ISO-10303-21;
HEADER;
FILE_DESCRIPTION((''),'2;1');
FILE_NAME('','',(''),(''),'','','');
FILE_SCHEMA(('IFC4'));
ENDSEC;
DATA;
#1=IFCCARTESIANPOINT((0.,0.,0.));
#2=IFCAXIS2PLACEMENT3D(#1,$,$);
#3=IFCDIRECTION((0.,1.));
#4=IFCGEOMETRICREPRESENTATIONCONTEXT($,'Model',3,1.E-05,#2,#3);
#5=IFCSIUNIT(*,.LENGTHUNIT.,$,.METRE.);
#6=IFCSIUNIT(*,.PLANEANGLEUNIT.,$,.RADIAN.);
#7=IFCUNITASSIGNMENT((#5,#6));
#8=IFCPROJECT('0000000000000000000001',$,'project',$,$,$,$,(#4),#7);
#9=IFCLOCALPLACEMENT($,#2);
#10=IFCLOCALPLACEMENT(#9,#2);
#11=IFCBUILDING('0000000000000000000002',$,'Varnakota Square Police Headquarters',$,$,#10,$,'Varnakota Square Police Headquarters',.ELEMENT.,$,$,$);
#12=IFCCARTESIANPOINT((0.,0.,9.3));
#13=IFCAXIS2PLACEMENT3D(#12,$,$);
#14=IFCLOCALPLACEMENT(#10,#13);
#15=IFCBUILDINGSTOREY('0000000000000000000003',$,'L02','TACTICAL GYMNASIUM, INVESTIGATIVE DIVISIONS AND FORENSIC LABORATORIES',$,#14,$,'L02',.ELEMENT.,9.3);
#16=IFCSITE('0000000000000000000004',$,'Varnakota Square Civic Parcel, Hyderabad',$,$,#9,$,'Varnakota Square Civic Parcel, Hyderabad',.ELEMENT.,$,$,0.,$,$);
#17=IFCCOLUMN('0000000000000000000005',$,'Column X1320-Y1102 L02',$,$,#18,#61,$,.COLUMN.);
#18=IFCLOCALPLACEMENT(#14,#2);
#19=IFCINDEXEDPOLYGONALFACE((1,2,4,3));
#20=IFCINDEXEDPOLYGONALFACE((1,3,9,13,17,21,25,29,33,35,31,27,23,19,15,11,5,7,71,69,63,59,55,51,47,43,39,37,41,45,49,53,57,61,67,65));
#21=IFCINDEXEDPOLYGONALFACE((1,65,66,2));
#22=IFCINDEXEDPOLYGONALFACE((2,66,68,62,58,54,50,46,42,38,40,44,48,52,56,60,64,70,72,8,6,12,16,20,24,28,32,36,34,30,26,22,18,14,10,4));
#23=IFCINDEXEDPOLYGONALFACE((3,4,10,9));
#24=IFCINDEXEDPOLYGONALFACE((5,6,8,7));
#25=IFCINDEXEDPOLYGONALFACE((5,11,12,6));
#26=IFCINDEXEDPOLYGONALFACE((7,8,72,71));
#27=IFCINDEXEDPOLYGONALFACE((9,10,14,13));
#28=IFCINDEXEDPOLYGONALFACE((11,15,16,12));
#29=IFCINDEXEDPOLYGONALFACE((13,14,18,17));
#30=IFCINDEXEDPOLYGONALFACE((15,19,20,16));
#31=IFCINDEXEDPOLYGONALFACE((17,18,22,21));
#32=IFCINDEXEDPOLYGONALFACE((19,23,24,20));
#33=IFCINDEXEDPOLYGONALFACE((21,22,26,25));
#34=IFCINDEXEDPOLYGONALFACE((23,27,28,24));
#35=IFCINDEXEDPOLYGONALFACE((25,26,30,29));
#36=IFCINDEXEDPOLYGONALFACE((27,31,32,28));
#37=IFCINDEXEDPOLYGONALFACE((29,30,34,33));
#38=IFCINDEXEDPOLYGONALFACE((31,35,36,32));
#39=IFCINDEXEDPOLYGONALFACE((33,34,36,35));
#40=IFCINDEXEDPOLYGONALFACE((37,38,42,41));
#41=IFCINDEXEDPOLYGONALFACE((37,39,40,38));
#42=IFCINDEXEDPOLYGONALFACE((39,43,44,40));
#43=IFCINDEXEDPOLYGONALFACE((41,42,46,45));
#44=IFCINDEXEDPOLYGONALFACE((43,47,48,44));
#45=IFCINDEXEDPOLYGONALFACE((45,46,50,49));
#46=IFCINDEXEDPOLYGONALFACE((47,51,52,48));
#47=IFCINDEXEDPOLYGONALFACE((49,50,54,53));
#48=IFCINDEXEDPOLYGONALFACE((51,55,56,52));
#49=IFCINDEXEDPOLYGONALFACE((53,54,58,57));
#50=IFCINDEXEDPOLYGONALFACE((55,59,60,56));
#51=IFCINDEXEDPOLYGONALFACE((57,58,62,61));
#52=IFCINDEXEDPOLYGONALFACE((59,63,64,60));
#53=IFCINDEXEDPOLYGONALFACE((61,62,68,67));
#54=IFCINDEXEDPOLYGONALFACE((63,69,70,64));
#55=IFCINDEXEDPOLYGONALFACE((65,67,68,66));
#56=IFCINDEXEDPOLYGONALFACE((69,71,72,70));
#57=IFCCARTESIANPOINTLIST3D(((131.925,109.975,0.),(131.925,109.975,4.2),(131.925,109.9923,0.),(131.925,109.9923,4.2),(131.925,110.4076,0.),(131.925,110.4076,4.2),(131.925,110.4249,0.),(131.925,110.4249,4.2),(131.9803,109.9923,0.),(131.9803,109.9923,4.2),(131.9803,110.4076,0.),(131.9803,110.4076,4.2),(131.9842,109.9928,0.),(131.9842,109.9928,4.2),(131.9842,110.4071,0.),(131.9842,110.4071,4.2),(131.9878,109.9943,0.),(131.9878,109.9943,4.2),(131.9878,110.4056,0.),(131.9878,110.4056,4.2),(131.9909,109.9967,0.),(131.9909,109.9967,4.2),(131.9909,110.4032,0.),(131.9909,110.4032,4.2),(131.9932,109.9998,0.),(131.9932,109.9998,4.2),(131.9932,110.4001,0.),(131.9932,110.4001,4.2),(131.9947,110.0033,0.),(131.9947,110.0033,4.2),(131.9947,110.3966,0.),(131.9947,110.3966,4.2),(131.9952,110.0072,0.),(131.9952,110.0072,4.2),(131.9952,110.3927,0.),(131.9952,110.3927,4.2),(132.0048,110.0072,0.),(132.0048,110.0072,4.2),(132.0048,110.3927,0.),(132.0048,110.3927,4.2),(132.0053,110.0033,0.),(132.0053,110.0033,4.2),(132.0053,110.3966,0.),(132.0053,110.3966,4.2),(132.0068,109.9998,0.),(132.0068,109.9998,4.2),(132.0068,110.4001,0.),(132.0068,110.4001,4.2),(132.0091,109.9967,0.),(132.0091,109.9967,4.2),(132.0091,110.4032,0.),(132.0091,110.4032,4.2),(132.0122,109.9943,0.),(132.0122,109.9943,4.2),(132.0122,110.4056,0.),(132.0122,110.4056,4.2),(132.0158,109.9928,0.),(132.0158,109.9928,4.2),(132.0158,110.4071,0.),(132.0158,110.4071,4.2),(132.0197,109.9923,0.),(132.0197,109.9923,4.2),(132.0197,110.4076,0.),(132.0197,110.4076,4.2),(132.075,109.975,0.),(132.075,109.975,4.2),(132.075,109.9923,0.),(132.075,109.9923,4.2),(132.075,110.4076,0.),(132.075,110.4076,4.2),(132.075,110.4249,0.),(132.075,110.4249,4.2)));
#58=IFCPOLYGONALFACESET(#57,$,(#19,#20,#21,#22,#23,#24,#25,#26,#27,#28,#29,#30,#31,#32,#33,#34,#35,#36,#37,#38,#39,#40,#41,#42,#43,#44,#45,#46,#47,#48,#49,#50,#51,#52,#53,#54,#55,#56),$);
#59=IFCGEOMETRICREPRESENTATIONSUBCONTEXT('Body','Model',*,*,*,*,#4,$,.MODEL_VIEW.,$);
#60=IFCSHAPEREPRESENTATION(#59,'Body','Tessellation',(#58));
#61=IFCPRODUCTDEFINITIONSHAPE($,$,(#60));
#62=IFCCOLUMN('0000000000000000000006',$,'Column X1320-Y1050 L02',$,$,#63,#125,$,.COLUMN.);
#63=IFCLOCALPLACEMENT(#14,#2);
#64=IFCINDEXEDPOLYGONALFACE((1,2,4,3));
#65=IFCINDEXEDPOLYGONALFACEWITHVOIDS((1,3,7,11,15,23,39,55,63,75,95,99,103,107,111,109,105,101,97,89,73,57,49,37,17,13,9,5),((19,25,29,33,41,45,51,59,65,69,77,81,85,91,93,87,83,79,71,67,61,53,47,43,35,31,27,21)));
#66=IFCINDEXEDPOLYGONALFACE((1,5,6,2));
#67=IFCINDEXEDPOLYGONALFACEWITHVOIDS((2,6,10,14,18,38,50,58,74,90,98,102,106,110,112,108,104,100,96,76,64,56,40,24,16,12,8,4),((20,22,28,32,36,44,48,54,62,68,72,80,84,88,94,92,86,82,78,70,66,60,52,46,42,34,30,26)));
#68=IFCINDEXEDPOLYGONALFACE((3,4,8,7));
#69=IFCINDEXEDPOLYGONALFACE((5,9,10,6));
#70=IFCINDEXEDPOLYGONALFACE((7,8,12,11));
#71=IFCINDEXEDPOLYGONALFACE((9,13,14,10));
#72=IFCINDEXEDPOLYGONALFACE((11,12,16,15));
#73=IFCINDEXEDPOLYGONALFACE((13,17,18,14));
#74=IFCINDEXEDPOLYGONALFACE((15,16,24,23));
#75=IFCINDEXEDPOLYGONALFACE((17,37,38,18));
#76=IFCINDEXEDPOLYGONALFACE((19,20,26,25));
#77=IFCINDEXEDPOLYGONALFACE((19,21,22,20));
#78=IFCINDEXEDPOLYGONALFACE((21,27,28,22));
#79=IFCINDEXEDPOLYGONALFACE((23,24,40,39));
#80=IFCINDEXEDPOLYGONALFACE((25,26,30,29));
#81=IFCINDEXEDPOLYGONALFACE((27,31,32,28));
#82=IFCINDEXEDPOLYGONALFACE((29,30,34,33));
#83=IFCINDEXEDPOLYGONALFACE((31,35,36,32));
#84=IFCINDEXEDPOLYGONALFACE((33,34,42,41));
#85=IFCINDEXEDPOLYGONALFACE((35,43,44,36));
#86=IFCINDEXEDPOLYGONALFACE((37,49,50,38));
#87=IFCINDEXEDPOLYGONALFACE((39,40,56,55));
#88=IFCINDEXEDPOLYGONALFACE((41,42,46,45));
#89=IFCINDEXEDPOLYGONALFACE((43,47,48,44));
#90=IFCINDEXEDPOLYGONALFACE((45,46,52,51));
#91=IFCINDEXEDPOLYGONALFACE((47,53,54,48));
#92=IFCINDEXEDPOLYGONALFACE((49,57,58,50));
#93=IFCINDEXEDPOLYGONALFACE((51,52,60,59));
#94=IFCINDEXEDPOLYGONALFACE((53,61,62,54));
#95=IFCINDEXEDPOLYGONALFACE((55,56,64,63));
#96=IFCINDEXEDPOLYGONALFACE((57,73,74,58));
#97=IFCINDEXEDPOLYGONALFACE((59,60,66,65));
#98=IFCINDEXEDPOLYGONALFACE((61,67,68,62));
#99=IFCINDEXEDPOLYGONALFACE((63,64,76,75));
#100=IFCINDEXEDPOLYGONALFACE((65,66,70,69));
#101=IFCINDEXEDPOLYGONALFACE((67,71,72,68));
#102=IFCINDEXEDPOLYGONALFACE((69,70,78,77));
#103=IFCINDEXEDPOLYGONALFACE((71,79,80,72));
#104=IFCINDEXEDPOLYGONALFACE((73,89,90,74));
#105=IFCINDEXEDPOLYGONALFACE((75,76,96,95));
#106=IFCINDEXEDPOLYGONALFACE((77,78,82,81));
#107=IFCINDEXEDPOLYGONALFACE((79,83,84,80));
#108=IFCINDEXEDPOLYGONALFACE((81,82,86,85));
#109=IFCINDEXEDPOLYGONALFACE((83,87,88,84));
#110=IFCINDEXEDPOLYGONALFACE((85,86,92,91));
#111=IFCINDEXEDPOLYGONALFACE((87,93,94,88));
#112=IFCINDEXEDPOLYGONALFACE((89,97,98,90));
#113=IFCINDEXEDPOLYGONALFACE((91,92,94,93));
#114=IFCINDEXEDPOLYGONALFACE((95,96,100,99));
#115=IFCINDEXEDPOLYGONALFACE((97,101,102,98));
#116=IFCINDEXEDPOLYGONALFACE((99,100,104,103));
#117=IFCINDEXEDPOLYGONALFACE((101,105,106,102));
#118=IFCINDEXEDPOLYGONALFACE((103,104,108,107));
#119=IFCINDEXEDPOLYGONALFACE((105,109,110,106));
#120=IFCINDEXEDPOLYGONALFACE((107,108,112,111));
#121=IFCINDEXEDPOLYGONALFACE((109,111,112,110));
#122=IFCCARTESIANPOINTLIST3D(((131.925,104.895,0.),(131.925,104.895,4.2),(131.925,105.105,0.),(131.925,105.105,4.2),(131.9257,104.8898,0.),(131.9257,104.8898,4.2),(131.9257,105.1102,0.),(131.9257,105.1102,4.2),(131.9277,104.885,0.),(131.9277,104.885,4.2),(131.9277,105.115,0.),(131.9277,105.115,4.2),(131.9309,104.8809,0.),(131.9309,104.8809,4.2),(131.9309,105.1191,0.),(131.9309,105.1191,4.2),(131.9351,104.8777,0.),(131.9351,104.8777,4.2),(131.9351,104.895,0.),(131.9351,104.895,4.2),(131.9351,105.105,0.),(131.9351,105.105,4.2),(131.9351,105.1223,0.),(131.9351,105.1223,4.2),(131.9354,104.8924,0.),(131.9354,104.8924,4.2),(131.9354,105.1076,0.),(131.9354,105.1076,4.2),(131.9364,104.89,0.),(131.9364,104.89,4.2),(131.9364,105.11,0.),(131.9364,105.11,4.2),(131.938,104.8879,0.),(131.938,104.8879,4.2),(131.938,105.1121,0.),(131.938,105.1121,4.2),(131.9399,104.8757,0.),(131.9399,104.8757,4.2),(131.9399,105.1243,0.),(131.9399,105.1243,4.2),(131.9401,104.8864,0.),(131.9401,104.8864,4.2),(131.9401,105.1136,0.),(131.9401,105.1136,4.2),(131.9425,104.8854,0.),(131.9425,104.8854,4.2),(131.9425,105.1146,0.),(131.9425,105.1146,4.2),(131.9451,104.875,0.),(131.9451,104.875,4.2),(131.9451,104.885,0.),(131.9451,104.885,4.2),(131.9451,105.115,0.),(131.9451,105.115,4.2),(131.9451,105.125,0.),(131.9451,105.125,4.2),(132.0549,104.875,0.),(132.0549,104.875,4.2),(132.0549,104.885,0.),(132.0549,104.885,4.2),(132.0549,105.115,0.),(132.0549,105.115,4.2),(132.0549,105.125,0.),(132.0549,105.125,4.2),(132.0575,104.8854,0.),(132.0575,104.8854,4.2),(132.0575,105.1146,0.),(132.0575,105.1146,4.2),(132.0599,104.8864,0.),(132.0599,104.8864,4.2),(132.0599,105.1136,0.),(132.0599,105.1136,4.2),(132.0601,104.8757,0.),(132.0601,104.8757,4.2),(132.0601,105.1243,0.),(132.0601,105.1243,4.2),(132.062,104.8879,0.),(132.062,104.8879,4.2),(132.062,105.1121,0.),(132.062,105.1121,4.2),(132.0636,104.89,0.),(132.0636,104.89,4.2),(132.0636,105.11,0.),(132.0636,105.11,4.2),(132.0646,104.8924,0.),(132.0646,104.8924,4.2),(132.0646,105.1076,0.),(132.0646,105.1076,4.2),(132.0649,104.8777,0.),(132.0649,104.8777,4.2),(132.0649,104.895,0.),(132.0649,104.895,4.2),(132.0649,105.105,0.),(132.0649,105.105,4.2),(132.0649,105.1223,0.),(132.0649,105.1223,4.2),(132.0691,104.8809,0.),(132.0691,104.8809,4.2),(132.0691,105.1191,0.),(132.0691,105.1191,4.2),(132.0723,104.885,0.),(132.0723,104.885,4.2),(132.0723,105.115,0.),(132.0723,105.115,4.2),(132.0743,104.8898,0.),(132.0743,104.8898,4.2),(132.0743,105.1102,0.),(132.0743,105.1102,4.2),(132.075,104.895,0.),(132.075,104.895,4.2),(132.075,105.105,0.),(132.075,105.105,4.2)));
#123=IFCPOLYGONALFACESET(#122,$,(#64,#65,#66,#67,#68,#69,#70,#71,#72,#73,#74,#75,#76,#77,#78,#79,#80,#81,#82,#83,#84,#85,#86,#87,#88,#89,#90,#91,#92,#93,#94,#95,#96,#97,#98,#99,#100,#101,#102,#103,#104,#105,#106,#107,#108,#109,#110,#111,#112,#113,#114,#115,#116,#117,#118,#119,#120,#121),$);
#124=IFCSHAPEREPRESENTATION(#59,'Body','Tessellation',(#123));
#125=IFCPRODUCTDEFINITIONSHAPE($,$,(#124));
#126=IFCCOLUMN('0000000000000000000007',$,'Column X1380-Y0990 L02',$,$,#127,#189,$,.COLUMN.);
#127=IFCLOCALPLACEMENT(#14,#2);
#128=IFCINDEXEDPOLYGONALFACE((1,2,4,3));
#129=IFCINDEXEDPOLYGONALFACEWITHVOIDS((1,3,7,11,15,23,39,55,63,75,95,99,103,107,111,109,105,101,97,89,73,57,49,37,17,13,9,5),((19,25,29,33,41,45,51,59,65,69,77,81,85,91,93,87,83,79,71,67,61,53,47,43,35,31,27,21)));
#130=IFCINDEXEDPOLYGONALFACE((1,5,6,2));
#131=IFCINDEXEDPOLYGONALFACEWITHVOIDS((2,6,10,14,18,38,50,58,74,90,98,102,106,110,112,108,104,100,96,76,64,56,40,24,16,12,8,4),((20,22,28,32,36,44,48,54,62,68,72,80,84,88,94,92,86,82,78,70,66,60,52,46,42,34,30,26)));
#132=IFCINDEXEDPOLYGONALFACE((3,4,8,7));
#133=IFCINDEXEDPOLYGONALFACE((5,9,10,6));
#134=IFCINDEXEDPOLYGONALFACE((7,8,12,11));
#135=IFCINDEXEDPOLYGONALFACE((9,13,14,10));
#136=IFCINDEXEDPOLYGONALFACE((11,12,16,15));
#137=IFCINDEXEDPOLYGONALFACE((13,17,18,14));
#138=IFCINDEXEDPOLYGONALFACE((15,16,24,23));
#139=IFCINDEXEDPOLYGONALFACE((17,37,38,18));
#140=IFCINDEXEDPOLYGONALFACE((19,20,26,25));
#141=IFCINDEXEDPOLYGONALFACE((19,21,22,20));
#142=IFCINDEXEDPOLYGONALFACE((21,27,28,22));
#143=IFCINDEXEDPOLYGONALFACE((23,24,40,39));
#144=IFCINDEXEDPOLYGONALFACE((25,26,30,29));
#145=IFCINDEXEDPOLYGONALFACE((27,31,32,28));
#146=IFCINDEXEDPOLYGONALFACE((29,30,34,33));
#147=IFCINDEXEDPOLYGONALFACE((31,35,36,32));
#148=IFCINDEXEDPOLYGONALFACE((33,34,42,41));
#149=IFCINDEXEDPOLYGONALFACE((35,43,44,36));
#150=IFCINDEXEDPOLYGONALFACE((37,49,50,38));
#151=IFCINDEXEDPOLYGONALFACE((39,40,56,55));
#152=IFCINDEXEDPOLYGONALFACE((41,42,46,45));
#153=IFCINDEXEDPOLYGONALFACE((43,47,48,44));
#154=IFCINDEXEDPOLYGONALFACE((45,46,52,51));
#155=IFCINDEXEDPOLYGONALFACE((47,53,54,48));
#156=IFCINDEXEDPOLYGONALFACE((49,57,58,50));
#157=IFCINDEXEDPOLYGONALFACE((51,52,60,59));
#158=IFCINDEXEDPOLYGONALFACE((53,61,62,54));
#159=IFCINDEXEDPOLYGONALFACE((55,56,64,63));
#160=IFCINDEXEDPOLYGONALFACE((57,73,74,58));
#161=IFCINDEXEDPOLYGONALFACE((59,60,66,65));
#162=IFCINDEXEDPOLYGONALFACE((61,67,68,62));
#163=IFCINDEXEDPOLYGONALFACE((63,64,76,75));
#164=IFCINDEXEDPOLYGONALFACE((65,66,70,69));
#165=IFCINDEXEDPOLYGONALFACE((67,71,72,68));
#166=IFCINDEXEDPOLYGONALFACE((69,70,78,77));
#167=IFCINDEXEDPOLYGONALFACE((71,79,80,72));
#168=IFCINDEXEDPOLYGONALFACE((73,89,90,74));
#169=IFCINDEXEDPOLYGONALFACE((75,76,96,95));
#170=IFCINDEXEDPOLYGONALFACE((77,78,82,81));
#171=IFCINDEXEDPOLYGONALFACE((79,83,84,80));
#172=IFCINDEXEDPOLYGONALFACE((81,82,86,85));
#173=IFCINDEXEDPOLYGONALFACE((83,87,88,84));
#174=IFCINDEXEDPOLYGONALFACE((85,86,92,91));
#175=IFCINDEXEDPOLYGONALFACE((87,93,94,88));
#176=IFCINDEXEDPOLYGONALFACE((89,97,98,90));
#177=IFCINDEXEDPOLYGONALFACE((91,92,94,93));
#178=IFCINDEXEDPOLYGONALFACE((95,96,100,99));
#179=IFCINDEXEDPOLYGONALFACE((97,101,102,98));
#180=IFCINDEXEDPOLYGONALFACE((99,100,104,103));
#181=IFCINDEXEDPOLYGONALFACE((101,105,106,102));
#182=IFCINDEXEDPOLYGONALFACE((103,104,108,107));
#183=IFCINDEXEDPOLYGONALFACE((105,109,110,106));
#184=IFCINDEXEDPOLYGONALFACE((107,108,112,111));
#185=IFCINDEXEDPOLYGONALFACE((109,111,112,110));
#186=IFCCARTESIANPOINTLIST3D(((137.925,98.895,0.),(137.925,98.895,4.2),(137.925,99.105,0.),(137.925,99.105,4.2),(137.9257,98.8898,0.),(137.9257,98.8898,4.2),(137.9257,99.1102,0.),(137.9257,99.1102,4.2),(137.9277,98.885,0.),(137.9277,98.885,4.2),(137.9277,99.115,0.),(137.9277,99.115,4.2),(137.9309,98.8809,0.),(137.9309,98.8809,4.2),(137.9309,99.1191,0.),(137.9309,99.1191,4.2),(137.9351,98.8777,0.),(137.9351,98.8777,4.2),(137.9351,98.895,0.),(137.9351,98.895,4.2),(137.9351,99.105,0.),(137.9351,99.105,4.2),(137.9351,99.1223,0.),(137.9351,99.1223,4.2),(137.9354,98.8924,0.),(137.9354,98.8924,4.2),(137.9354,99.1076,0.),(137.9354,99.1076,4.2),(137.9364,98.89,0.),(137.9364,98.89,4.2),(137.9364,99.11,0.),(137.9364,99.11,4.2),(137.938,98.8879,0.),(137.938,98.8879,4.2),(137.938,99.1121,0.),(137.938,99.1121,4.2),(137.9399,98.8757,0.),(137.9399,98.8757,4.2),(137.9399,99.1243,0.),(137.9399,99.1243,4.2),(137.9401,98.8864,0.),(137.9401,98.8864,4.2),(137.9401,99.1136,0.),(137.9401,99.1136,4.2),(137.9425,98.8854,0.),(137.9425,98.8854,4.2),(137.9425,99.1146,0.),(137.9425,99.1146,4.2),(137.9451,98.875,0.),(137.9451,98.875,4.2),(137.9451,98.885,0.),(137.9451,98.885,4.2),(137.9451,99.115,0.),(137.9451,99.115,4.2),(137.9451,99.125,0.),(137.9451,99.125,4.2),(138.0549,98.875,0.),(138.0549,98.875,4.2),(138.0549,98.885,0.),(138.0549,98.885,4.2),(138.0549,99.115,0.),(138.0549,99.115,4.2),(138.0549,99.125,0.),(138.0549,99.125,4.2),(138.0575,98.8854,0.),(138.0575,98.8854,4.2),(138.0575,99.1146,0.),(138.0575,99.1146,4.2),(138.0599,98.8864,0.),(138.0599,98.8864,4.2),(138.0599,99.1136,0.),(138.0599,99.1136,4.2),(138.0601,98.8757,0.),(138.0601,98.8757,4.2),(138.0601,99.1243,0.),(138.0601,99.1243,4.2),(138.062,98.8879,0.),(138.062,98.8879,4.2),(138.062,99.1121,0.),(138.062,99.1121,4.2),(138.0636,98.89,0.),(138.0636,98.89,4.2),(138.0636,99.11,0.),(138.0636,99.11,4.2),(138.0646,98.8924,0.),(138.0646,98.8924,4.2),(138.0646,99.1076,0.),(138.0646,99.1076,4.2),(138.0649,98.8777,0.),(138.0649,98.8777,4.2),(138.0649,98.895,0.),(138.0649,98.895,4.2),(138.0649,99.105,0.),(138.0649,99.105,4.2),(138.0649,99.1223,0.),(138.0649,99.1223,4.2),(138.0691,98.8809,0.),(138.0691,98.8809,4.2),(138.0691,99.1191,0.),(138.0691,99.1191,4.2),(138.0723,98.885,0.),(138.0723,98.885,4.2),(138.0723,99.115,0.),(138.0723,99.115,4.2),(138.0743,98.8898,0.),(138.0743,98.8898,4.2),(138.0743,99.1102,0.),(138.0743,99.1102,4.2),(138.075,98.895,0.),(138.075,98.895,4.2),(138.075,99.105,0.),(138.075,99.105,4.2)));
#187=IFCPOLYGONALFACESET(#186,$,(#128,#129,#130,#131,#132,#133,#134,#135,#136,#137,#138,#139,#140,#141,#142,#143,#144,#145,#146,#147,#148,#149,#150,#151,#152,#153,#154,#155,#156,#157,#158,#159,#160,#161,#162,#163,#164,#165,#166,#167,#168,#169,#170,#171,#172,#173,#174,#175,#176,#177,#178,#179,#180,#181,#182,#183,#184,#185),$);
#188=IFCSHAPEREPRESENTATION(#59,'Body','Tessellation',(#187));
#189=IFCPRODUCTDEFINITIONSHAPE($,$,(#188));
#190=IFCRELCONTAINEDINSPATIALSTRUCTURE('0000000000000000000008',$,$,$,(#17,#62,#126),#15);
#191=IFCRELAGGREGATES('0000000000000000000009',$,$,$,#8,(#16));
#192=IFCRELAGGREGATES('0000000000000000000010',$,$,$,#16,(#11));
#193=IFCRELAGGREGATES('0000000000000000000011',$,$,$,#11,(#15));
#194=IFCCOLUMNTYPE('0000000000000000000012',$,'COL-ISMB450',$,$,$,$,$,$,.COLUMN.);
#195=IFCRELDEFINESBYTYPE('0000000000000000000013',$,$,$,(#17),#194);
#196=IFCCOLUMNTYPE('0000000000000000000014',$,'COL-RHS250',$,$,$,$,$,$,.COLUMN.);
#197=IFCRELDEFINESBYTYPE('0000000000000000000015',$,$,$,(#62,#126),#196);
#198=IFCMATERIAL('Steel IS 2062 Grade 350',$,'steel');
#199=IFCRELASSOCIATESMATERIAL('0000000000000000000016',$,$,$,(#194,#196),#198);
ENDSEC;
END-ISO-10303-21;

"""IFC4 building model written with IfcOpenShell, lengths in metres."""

from ifc_helpers import new_model, si_unit, direction, frame, origin, origin_2d, place, context, subcontext, project, spatial, hollow_rectangle, i_section, extrude, material, material_profile, profile_set, type_object, element, save


model = new_model("IFC4")

# Units and contexts
model_context = context("Model", 3, precision=1e-05, world=origin(), true_north=direction((0.0, 1.0)))
body_context = subcontext(model_context, "Body", "Model", "MODEL_VIEW")
ifc_project = project(units=[si_unit("LENGTHUNIT", "METRE"), si_unit("PLANEANGLEUNIT", "RADIAN")], contexts=[model_context])

# Site, building, storey
site_placement = place(None, origin())
site = spatial("IfcSite", under=ifc_project, at=site_placement, Name="Varnakota Square Civic Parcel, Hyderabad", LongName="Varnakota Square Civic Parcel, Hyderabad", CompositionType="ELEMENT", RefElevation=0.0)
building_placement = place(site_placement, origin())
building = spatial("IfcBuilding", under=site, at=building_placement, Name="Varnakota Square Police Headquarters", LongName="Varnakota Square Police Headquarters", CompositionType="ELEMENT")
storey_placement = place(building_placement, frame((0.0, 0.0, 9.3)))
storey = spatial("IfcBuildingStorey", under=building, at=storey_placement, Name="L02", Description="TACTICAL GYMNASIUM, INVESTIGATIVE DIVISIONS AND FORENSIC LABORATORIES", LongName="L02", CompositionType="ELEMENT", Elevation=9.3)

# Columns
ifc_material_1 = material(Name="Steel IS 2062 Grade 350", Category="steel")
ifc_material_profile_1 = material_profile(ifc_material_1, i_section(OverallWidth=0.1499, OverallDepth=0.45, WebThickness=0.0095, FlangeThickness=0.0173, FilletRadius=0.0149, at=origin_2d()), Name="ISMB 450")
ifc_profile_set_1 = profile_set([ifc_material_profile_1], Name="Steel IS 2062 Grade 350")
column_type_1 = type_object("IfcColumnType", Name="COL-ISMB450", PredefinedType="COLUMN", material=ifc_profile_set_1)
column_placement = place(storey_placement, frame((132.0, 110.2, 0.0), z_axis=(0.0, 0.0, 1.0), x_axis=(1.0, 0.0, 0.0)))
element("IfcColumn", 1, at=column_placement, inside=storey, type_object=column_type_1, Name="Column X1320-Y1102 L02", PredefinedType="COLUMN", context=body_context, shape_type="SweptSolid", body=[
    extrude(i_section(OverallWidth=0.1499, OverallDepth=0.45, WebThickness=0.0095, FlangeThickness=0.0173, FilletRadius=0.0149, at=origin_2d()), origin(), (0.0, 0.0, 1.0), 4.2),
])
ifc_material_profile_2 = material_profile(ifc_material_1, hollow_rectangle(XDim=0.1499, YDim=0.25, WallThickness=0.01, InnerFilletRadius=0.01, OuterFilletRadius=0.02, at=origin_2d()), Name="RHS 250x150x10")
ifc_profile_set_2 = profile_set([ifc_material_profile_2], Name="Steel IS 2062 Grade 350")
column_type_2 = type_object("IfcColumnType", Name="COL-RHS250", PredefinedType="COLUMN", material=ifc_profile_set_2)
for number, where, z_axis, x_axis, name in (
    (2, (132.0, 105.0, 0.0), (0.0, 0.0, 1.0), (1.0, 0.0, 0.0), "Column X1320-Y1050 L02"),
    (3, (138.0, 99.0, 0.0), (0.0, 0.0, 1.0), (1.0, 0.0, 0.0), "Column X1380-Y0990 L02"),
):
    element("IfcColumn", number, at=place(storey_placement, frame(where, z_axis=z_axis, x_axis=x_axis)), inside=storey, type_object=column_type_2, Name=name, PredefinedType="COLUMN", context=body_context, shape_type="SweptSolid", body=[
        extrude(hollow_rectangle(XDim=0.1499, YDim=0.25, WallThickness=0.01, InnerFilletRadius=0.01, OuterFilletRadius=0.02, at=origin_2d()), origin(), (0.0, 0.0, 1.0), 4.2),
    ])

save(model, "model.ifc")
